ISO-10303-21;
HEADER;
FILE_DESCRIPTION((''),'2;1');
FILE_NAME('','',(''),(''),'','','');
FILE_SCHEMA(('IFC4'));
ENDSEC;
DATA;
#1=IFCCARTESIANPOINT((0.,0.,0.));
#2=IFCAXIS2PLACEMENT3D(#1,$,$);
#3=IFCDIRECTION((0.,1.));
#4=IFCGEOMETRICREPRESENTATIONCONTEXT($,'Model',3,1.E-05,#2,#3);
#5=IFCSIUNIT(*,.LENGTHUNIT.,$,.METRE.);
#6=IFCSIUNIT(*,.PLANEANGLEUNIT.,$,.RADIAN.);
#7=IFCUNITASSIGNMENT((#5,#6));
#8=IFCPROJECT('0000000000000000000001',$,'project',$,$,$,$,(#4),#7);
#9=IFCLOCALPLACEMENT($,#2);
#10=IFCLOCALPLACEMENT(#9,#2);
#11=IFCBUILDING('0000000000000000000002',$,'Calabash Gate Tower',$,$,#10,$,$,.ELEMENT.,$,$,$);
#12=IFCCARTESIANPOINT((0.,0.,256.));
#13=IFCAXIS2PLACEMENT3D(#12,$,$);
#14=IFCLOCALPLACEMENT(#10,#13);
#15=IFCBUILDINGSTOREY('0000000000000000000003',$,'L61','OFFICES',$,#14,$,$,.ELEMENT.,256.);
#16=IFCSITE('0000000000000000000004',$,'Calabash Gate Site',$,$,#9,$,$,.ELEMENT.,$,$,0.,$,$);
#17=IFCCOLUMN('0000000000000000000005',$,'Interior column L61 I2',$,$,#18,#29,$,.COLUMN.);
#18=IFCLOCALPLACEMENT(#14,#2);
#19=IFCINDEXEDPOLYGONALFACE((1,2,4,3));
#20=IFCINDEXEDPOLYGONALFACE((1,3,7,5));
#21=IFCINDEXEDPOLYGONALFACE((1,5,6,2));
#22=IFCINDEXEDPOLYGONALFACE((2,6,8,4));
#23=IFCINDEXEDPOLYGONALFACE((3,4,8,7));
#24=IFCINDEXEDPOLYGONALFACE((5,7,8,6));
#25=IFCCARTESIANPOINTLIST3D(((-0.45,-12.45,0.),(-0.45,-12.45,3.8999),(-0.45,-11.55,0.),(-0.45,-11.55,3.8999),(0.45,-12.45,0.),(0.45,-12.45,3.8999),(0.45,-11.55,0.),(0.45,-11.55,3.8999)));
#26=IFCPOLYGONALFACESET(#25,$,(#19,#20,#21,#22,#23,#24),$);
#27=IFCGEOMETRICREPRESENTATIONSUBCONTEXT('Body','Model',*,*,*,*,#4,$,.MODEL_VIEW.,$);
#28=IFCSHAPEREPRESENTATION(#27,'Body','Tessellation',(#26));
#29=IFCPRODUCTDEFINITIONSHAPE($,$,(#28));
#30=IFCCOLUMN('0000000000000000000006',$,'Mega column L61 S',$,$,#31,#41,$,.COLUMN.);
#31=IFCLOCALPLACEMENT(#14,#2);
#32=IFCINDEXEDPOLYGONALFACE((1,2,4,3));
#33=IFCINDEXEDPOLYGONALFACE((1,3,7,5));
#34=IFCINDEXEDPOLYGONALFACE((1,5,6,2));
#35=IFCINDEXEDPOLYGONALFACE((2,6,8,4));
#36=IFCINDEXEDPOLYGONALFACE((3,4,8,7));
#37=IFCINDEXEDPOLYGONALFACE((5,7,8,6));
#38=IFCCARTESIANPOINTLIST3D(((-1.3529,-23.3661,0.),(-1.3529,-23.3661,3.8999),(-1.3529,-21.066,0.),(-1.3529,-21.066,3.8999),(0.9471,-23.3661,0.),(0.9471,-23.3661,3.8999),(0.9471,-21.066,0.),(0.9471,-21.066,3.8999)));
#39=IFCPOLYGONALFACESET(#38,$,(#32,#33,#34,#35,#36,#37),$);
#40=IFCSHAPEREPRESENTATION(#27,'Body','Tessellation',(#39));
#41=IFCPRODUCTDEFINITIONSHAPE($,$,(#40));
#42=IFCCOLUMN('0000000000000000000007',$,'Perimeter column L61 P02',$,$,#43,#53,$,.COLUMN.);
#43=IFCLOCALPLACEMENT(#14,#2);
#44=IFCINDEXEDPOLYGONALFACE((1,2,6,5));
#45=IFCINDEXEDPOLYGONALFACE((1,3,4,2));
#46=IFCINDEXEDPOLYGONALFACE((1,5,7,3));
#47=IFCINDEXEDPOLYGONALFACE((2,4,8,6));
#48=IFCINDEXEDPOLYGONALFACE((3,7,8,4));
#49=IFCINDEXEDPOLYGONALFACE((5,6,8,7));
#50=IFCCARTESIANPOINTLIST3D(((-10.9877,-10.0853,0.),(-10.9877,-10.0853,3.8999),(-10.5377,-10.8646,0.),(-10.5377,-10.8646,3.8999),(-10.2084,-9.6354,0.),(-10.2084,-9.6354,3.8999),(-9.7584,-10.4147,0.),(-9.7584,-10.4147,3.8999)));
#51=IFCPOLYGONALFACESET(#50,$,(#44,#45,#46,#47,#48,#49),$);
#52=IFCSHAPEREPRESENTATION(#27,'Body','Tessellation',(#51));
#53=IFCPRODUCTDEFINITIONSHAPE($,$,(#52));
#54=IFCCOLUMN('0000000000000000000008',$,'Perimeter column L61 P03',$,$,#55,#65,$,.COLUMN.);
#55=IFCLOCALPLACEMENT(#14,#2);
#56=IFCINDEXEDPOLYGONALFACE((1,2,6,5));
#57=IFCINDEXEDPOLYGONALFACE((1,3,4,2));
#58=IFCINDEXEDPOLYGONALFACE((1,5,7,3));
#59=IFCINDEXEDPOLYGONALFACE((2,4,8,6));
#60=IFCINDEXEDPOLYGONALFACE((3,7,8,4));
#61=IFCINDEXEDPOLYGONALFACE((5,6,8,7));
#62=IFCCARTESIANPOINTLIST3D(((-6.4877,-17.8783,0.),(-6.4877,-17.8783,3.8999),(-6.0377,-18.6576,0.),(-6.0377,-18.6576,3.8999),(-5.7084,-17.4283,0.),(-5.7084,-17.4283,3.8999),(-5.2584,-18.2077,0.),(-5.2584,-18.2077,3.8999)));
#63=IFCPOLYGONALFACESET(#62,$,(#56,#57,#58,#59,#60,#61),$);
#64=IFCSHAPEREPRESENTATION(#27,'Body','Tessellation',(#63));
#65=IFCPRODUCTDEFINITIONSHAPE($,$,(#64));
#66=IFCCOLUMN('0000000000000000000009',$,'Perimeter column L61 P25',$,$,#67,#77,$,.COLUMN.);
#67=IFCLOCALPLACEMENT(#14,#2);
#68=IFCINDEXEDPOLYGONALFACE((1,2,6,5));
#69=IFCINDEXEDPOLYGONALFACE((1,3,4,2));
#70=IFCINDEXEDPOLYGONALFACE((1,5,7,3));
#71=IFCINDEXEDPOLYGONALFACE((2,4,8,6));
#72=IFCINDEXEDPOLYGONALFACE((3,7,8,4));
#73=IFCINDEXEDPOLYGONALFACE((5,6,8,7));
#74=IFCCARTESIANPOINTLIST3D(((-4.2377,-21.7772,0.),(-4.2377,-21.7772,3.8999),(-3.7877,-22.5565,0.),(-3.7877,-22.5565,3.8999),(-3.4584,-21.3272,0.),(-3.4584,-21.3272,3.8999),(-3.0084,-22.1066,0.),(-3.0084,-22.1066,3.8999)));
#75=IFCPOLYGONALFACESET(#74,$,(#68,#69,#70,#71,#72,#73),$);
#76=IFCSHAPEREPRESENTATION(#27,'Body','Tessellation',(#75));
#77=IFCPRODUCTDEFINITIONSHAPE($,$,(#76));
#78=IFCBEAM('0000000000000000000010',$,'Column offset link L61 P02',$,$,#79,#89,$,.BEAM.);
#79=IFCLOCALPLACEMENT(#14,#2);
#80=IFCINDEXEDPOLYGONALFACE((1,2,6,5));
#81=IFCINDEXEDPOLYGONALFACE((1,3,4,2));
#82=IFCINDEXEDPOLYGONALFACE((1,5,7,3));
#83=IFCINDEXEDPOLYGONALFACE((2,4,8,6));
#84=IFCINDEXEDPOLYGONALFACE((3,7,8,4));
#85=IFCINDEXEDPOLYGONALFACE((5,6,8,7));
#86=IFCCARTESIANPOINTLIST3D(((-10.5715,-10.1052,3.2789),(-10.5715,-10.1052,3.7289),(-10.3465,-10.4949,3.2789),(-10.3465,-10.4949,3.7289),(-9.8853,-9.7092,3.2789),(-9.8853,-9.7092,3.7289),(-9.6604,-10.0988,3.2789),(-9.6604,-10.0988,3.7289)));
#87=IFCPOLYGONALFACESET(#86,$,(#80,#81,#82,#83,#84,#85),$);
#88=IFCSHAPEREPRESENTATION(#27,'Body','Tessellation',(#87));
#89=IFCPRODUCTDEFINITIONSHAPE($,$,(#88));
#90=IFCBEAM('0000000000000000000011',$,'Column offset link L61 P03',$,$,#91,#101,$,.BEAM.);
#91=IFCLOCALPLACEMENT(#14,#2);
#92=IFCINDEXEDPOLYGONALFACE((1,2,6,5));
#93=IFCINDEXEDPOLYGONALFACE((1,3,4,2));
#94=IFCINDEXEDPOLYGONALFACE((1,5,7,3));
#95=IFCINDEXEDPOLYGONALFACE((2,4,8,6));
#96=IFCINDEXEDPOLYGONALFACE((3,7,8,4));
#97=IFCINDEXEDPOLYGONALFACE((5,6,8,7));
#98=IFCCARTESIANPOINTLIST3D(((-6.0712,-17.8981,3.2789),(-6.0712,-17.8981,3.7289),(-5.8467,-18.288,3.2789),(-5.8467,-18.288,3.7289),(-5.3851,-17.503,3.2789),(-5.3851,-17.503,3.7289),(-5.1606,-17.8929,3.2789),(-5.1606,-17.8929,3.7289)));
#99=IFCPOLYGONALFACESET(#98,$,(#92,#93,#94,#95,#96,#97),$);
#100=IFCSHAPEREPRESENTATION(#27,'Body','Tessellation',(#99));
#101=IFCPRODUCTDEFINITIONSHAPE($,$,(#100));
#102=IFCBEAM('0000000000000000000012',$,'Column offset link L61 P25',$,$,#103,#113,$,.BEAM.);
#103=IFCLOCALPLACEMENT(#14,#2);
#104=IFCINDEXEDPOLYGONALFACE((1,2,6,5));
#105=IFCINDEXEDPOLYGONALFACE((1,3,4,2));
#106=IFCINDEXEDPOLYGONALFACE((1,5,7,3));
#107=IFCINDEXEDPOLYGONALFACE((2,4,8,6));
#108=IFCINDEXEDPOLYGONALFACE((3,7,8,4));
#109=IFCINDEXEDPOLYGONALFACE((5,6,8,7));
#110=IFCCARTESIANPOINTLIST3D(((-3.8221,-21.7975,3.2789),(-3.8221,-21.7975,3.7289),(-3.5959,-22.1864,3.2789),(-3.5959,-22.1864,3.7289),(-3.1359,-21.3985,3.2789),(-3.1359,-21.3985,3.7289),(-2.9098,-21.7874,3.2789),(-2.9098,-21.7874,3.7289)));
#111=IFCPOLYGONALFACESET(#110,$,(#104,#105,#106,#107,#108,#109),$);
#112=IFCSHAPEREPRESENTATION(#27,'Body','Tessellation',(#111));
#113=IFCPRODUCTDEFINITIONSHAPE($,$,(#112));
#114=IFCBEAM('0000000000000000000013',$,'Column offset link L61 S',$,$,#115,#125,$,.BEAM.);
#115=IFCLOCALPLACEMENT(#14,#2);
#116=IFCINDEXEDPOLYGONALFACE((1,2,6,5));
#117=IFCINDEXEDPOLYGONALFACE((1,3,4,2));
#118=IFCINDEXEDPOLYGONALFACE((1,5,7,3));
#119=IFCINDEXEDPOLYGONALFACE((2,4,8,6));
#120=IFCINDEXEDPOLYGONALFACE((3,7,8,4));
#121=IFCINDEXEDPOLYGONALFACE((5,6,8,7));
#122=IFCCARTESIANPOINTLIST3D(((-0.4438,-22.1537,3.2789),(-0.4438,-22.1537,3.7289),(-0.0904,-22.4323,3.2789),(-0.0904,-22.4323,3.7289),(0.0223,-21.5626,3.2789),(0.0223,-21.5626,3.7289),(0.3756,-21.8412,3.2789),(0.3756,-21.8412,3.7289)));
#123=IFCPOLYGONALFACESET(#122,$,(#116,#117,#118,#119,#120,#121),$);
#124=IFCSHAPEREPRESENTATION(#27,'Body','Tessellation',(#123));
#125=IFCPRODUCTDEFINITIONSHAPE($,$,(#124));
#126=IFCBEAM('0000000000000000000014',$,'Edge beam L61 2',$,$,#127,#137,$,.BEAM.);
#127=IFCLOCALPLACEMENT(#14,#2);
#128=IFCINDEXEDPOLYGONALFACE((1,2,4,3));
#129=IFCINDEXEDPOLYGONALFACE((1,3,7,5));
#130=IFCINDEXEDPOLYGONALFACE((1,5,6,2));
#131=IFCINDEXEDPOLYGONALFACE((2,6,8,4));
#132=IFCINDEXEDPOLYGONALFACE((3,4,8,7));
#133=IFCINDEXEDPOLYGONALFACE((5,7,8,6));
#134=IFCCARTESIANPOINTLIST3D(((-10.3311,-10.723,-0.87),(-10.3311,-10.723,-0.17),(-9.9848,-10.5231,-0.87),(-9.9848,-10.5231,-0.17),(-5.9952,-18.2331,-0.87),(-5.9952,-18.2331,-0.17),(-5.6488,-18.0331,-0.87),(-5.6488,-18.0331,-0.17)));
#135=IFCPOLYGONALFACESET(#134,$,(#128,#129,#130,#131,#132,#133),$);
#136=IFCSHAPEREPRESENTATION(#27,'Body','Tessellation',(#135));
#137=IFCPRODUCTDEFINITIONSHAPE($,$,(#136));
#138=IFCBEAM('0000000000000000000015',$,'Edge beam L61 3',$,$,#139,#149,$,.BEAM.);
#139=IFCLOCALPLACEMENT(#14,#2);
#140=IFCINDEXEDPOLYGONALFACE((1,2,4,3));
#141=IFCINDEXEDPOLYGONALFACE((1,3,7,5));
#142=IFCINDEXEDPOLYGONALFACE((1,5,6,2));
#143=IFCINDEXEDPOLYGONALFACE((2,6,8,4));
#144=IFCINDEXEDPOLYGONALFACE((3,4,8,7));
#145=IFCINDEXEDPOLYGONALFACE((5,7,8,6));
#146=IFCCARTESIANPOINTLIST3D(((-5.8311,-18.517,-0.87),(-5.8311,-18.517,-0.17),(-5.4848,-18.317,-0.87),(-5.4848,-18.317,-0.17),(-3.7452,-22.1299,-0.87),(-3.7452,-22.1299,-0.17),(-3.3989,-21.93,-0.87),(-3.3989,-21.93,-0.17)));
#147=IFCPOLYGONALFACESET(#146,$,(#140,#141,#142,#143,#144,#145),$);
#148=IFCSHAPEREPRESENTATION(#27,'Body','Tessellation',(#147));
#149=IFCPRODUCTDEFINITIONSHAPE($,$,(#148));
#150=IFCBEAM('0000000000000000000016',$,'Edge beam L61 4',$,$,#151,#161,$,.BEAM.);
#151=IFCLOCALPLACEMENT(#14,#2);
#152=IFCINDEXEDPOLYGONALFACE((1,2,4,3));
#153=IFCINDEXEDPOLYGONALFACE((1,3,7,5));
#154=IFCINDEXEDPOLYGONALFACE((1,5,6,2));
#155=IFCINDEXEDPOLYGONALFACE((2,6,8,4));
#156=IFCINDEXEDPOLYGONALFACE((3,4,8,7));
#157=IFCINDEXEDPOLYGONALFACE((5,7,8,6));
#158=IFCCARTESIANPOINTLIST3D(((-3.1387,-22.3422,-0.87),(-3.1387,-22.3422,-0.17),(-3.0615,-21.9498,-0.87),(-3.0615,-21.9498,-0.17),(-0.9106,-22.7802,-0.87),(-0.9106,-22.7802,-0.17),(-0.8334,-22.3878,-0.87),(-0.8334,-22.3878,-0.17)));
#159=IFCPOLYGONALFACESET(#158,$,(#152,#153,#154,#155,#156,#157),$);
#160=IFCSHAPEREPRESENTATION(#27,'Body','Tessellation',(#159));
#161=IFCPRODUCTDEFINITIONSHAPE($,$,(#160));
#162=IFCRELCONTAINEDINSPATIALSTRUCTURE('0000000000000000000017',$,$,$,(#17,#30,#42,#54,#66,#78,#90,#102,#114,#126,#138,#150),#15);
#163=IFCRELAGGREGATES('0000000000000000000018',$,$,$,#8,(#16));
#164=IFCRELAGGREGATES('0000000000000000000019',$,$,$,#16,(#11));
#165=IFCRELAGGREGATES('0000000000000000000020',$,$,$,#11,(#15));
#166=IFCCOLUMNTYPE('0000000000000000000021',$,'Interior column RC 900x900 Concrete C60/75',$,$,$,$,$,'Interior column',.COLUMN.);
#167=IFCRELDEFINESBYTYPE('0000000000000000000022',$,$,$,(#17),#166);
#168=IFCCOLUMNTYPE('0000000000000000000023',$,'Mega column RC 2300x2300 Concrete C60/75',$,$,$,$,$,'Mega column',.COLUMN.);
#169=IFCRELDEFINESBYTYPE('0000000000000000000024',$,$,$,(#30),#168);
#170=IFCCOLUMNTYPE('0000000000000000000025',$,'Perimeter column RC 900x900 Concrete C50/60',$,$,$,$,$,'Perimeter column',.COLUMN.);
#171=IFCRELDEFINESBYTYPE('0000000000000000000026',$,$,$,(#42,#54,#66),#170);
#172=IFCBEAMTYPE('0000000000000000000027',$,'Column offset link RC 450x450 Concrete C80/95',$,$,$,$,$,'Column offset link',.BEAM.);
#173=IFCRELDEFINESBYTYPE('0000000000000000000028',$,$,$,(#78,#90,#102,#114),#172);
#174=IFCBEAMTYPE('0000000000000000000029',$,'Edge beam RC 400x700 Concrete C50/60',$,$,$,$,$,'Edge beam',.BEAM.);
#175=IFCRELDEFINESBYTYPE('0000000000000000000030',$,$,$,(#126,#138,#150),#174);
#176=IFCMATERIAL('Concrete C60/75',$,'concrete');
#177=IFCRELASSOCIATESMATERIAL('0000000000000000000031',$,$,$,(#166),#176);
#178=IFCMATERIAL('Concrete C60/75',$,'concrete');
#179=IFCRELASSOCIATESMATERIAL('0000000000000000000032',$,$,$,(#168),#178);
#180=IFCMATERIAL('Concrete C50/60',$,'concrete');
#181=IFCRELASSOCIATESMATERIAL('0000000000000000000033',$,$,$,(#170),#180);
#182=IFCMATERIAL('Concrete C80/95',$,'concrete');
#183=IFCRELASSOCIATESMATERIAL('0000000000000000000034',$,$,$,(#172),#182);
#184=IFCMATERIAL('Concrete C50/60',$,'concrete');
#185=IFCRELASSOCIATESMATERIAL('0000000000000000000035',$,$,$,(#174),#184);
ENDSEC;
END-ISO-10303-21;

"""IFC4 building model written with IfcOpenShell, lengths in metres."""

from ifc_helpers import new_model, si_unit, direction, frame, origin, origin_2d, place, context, subcontext, project, spatial, rectangle, extrude, material, material_profile, profile_set, type_object, element, save


model = new_model("IFC4")

# Units and contexts
model_context = context("Model", 3, precision=1e-05, world=origin(), true_north=direction((0.0, 1.0)))
body_context = subcontext(model_context, "Body", "Model", "MODEL_VIEW")
ifc_project = project(units=[si_unit("LENGTHUNIT", "METRE"), si_unit("PLANEANGLEUNIT", "RADIAN")], contexts=[model_context])

# Site, building, storey
site_placement = place(None, origin())
site = spatial("IfcSite", under=ifc_project, at=site_placement, Name="Calabash Gate Site", CompositionType="ELEMENT", RefElevation=0.0)
building_placement = place(site_placement, origin())
building = spatial("IfcBuilding", under=site, at=building_placement, Name="Calabash Gate Tower", CompositionType="ELEMENT")
storey_placement = place(building_placement, frame((0.0, 0.0, 256.0)))
storey = spatial("IfcBuildingStorey", under=building, at=storey_placement, Name="L61", Description="OFFICES", CompositionType="ELEMENT", Elevation=256.0)

# Columns
ifc_material_1 = material(Name="Concrete C60/75", Category="concrete")
ifc_material_profile_1 = material_profile(ifc_material_1, rectangle(XDim=0.8999, YDim=0.8999, at=origin_2d()))
ifc_profile_set_1 = profile_set([ifc_material_profile_1], Name="Concrete C60/75")
column_type_1 = type_object("IfcColumnType", Name="Interior column RC 900x900 Concrete C60/75", ElementType="Interior column", PredefinedType="COLUMN", material=ifc_profile_set_1)
column_1_placement = place(storey_placement, frame((0.0, -12.0, 0.0), z_axis=(0.0, 0.0, 1.0), x_axis=(1.0, 0.0, 0.0)))
element("IfcColumn", 1, at=column_1_placement, inside=storey, type_object=column_type_1, Name="Interior column L61 I2", PredefinedType="COLUMN", context=body_context, shape_type="SweptSolid", body=[
    extrude(rectangle(XDim=0.8999, YDim=0.8999, at=origin_2d()), origin(), (0.0, 0.0, 1.0), 3.8999),
])
ifc_material_2 = material(Name="Concrete C60/75", Category="concrete")
ifc_material_profile_2 = material_profile(ifc_material_2, rectangle(XDim=2.3, YDim=2.3, at=origin_2d()))
ifc_profile_set_2 = profile_set([ifc_material_profile_2], Name="Concrete C60/75")
column_type_2 = type_object("IfcColumnType", Name="Mega column RC 2300x2300 Concrete C60/75", ElementType="Mega column", PredefinedType="COLUMN", material=ifc_profile_set_2)
column_2_placement = place(storey_placement, frame((-0.2029, -22.2161, 0.0), z_axis=(0.0, 0.0, 1.0), x_axis=(0.0, 1.0, 0.0)))
element("IfcColumn", 2, at=column_2_placement, inside=storey, type_object=column_type_2, Name="Mega column L61 S", PredefinedType="COLUMN", context=body_context, shape_type="SweptSolid", body=[
    extrude(rectangle(XDim=2.3, YDim=2.3, at=origin_2d()), origin(), (0.0, 0.0, 1.0), 3.8999),
])
ifc_material_3 = material(Name="Concrete C50/60", Category="concrete")
ifc_material_profile_3 = material_profile(ifc_material_3, rectangle(XDim=0.8999, YDim=0.8999, at=origin_2d()))
ifc_profile_set_3 = profile_set([ifc_material_profile_3], Name="Concrete C50/60")
column_type_3 = type_object("IfcColumnType", Name="Perimeter column RC 900x900 Concrete C50/60", ElementType="Perimeter column", PredefinedType="COLUMN", material=ifc_profile_set_3)
for number, where, z_axis, x_axis, name in (
    (3, (-10.373, -10.25, 0.0), (0.0, 0.0, 1.0), (0.5, -0.866025, 0.0), "Perimeter column L61 P02"),
    (4, (-5.873, -18.043, 0.0), (0.0, 0.0, 1.0), (0.5, -0.866025, 0.0), "Perimeter column L61 P03"),
    (5, (-3.623, -21.9419, 0.0), (0.0, 0.0, 1.0), (0.5, -0.866025, 0.0), "Perimeter column L61 P25"),
):
    element("IfcColumn", number, at=place(storey_placement, frame(where, z_axis=z_axis, x_axis=x_axis)), inside=storey, type_object=column_type_3, Name=name, PredefinedType="COLUMN", context=body_context, shape_type="SweptSolid", body=[
        extrude(rectangle(XDim=0.8999, YDim=0.8999, at=origin_2d()), origin(), (0.0, 0.0, 1.0), 3.8999),
    ])

# Beams
ifc_material_4 = material(Name="Concrete C80/95", Category="concrete")
ifc_material_profile_4 = material_profile(ifc_material_4, rectangle(XDim=0.45, YDim=0.45, at=origin_2d()))
ifc_profile_set_4 = profile_set([ifc_material_profile_4], Name="Concrete C80/95")
beam_type_1 = type_object("IfcBeamType", Name="Column offset link RC 450x450 Concrete C80/95", ElementType="Column offset link", PredefinedType="BEAM", material=ifc_profile_set_4)
beam_1_placement = place(storey_placement, frame((-10.459, -10.3, 3.5039), z_axis=(0.866073, 0.499918, 0.0), x_axis=(-0.499918, 0.866073, 0.0)))
element("IfcBeam", 6, at=beam_1_placement, inside=storey, type_object=beam_type_1, Name="Column offset link L61 P02", PredefinedType="BEAM", context=body_context, shape_type="SweptSolid", body=[
    extrude(rectangle(XDim=0.45, YDim=0.45, at=origin_2d()), origin(), (0.0, 0.0, 1.0), 0.7922),
])
beam_2_placement = place(storey_placement, frame((-5.959, -18.093, 3.5039), z_axis=(0.866606, 0.498993, 0.0), x_axis=(-0.498993, 0.866606, 0.0)))
element("IfcBeam", 7, at=beam_2_placement, inside=storey, type_object=beam_type_1, Name="Column offset link L61 P03", PredefinedType="BEAM", context=body_context, shape_type="SweptSolid", body=[
    extrude(rectangle(XDim=0.45, YDim=0.45, at=origin_2d()), origin(), (0.0, 0.0, 1.0), 0.7917),
])
beam_3_placement = place(storey_placement, frame((-3.709, -21.9919, 3.5039), z_axis=(0.86447, 0.502685, 0.0), x_axis=(-0.502685, 0.86447, 0.0)))
element("IfcBeam", 8, at=beam_3_placement, inside=storey, type_object=beam_type_1, Name="Column offset link L61 P25", PredefinedType="BEAM", context=body_context, shape_type="SweptSolid", body=[
    extrude(rectangle(XDim=0.45, YDim=0.45, at=origin_2d()), origin(), (0.0, 0.0, 1.0), 0.7937),
])
beam_4_placement = place(storey_placement, frame((-0.2671, -22.293, 3.5039), z_axis=(0.619181, 0.785248, 0.0), x_axis=(-0.785248, 0.619181, 0.0)))
element("IfcBeam", 9, at=beam_4_placement, inside=storey, type_object=beam_type_1, Name="Column offset link L61 S", PredefinedType="BEAM", context=body_context, shape_type="SweptSolid", body=[
    extrude(rectangle(XDim=0.45, YDim=0.45, at=origin_2d()), origin(), (0.0, 0.0, 1.0), 0.7527),
])
ifc_material_5 = material(Name="Concrete C50/60", Category="concrete")
ifc_material_profile_5 = material_profile(ifc_material_5, rectangle(XDim=0.3999, YDim=0.7, at=origin_2d()))
ifc_profile_set_5 = profile_set([ifc_material_profile_5], Name="Concrete C50/60")
beam_type_2 = type_object("IfcBeamType", Name="Edge beam RC 400x700 Concrete C50/60", ElementType="Edge beam", PredefinedType="BEAM", material=ifc_profile_set_5)
beam_5_placement = place(storey_placement, frame((-10.158, -10.623, -0.52), z_axis=(0.500003, -0.866024, 0.0), x_axis=(0.866024, 0.500003, 0.0)))
element("IfcBeam", 10, at=beam_5_placement, inside=storey, type_object=beam_type_2, Name="Edge beam L61 2", PredefinedType="BEAM", context=body_context, shape_type="SweptSolid", body=[
    extrude(rectangle(XDim=0.3999, YDim=0.7, at=origin_2d()), origin(), (0.0, 0.0, 1.0), 8.6719),
])
beam_6_placement = place(storey_placement, frame((-5.658, -18.417, -0.52), z_axis=(0.499991, -0.866031, 0.0), x_axis=(0.866031, 0.499991, 0.0)))
element("IfcBeam", 11, at=beam_6_placement, inside=storey, type_object=beam_type_2, Name="Edge beam L61 3", PredefinedType="BEAM", context=body_context, shape_type="SweptSolid", body=[
    extrude(rectangle(XDim=0.3999, YDim=0.7, at=origin_2d()), origin(), (0.0, 0.0, 1.0), 4.1719),
])
beam_7_placement = place(storey_placement, frame((-3.1001, -22.146, -0.52), z_axis=(0.98122, -0.192889, 0.0), x_axis=(0.192889, 0.98122, 0.0)))
element("IfcBeam", 12, at=beam_7_placement, inside=storey, type_object=beam_type_2, Name="Edge beam L61 4", PredefinedType="BEAM", context=body_context, shape_type="SweptSolid", body=[
    extrude(rectangle(XDim=0.3999, YDim=0.7, at=origin_2d()), origin(), (0.0, 0.0, 1.0), 2.2708),
])

save(model, "model.ifc")
